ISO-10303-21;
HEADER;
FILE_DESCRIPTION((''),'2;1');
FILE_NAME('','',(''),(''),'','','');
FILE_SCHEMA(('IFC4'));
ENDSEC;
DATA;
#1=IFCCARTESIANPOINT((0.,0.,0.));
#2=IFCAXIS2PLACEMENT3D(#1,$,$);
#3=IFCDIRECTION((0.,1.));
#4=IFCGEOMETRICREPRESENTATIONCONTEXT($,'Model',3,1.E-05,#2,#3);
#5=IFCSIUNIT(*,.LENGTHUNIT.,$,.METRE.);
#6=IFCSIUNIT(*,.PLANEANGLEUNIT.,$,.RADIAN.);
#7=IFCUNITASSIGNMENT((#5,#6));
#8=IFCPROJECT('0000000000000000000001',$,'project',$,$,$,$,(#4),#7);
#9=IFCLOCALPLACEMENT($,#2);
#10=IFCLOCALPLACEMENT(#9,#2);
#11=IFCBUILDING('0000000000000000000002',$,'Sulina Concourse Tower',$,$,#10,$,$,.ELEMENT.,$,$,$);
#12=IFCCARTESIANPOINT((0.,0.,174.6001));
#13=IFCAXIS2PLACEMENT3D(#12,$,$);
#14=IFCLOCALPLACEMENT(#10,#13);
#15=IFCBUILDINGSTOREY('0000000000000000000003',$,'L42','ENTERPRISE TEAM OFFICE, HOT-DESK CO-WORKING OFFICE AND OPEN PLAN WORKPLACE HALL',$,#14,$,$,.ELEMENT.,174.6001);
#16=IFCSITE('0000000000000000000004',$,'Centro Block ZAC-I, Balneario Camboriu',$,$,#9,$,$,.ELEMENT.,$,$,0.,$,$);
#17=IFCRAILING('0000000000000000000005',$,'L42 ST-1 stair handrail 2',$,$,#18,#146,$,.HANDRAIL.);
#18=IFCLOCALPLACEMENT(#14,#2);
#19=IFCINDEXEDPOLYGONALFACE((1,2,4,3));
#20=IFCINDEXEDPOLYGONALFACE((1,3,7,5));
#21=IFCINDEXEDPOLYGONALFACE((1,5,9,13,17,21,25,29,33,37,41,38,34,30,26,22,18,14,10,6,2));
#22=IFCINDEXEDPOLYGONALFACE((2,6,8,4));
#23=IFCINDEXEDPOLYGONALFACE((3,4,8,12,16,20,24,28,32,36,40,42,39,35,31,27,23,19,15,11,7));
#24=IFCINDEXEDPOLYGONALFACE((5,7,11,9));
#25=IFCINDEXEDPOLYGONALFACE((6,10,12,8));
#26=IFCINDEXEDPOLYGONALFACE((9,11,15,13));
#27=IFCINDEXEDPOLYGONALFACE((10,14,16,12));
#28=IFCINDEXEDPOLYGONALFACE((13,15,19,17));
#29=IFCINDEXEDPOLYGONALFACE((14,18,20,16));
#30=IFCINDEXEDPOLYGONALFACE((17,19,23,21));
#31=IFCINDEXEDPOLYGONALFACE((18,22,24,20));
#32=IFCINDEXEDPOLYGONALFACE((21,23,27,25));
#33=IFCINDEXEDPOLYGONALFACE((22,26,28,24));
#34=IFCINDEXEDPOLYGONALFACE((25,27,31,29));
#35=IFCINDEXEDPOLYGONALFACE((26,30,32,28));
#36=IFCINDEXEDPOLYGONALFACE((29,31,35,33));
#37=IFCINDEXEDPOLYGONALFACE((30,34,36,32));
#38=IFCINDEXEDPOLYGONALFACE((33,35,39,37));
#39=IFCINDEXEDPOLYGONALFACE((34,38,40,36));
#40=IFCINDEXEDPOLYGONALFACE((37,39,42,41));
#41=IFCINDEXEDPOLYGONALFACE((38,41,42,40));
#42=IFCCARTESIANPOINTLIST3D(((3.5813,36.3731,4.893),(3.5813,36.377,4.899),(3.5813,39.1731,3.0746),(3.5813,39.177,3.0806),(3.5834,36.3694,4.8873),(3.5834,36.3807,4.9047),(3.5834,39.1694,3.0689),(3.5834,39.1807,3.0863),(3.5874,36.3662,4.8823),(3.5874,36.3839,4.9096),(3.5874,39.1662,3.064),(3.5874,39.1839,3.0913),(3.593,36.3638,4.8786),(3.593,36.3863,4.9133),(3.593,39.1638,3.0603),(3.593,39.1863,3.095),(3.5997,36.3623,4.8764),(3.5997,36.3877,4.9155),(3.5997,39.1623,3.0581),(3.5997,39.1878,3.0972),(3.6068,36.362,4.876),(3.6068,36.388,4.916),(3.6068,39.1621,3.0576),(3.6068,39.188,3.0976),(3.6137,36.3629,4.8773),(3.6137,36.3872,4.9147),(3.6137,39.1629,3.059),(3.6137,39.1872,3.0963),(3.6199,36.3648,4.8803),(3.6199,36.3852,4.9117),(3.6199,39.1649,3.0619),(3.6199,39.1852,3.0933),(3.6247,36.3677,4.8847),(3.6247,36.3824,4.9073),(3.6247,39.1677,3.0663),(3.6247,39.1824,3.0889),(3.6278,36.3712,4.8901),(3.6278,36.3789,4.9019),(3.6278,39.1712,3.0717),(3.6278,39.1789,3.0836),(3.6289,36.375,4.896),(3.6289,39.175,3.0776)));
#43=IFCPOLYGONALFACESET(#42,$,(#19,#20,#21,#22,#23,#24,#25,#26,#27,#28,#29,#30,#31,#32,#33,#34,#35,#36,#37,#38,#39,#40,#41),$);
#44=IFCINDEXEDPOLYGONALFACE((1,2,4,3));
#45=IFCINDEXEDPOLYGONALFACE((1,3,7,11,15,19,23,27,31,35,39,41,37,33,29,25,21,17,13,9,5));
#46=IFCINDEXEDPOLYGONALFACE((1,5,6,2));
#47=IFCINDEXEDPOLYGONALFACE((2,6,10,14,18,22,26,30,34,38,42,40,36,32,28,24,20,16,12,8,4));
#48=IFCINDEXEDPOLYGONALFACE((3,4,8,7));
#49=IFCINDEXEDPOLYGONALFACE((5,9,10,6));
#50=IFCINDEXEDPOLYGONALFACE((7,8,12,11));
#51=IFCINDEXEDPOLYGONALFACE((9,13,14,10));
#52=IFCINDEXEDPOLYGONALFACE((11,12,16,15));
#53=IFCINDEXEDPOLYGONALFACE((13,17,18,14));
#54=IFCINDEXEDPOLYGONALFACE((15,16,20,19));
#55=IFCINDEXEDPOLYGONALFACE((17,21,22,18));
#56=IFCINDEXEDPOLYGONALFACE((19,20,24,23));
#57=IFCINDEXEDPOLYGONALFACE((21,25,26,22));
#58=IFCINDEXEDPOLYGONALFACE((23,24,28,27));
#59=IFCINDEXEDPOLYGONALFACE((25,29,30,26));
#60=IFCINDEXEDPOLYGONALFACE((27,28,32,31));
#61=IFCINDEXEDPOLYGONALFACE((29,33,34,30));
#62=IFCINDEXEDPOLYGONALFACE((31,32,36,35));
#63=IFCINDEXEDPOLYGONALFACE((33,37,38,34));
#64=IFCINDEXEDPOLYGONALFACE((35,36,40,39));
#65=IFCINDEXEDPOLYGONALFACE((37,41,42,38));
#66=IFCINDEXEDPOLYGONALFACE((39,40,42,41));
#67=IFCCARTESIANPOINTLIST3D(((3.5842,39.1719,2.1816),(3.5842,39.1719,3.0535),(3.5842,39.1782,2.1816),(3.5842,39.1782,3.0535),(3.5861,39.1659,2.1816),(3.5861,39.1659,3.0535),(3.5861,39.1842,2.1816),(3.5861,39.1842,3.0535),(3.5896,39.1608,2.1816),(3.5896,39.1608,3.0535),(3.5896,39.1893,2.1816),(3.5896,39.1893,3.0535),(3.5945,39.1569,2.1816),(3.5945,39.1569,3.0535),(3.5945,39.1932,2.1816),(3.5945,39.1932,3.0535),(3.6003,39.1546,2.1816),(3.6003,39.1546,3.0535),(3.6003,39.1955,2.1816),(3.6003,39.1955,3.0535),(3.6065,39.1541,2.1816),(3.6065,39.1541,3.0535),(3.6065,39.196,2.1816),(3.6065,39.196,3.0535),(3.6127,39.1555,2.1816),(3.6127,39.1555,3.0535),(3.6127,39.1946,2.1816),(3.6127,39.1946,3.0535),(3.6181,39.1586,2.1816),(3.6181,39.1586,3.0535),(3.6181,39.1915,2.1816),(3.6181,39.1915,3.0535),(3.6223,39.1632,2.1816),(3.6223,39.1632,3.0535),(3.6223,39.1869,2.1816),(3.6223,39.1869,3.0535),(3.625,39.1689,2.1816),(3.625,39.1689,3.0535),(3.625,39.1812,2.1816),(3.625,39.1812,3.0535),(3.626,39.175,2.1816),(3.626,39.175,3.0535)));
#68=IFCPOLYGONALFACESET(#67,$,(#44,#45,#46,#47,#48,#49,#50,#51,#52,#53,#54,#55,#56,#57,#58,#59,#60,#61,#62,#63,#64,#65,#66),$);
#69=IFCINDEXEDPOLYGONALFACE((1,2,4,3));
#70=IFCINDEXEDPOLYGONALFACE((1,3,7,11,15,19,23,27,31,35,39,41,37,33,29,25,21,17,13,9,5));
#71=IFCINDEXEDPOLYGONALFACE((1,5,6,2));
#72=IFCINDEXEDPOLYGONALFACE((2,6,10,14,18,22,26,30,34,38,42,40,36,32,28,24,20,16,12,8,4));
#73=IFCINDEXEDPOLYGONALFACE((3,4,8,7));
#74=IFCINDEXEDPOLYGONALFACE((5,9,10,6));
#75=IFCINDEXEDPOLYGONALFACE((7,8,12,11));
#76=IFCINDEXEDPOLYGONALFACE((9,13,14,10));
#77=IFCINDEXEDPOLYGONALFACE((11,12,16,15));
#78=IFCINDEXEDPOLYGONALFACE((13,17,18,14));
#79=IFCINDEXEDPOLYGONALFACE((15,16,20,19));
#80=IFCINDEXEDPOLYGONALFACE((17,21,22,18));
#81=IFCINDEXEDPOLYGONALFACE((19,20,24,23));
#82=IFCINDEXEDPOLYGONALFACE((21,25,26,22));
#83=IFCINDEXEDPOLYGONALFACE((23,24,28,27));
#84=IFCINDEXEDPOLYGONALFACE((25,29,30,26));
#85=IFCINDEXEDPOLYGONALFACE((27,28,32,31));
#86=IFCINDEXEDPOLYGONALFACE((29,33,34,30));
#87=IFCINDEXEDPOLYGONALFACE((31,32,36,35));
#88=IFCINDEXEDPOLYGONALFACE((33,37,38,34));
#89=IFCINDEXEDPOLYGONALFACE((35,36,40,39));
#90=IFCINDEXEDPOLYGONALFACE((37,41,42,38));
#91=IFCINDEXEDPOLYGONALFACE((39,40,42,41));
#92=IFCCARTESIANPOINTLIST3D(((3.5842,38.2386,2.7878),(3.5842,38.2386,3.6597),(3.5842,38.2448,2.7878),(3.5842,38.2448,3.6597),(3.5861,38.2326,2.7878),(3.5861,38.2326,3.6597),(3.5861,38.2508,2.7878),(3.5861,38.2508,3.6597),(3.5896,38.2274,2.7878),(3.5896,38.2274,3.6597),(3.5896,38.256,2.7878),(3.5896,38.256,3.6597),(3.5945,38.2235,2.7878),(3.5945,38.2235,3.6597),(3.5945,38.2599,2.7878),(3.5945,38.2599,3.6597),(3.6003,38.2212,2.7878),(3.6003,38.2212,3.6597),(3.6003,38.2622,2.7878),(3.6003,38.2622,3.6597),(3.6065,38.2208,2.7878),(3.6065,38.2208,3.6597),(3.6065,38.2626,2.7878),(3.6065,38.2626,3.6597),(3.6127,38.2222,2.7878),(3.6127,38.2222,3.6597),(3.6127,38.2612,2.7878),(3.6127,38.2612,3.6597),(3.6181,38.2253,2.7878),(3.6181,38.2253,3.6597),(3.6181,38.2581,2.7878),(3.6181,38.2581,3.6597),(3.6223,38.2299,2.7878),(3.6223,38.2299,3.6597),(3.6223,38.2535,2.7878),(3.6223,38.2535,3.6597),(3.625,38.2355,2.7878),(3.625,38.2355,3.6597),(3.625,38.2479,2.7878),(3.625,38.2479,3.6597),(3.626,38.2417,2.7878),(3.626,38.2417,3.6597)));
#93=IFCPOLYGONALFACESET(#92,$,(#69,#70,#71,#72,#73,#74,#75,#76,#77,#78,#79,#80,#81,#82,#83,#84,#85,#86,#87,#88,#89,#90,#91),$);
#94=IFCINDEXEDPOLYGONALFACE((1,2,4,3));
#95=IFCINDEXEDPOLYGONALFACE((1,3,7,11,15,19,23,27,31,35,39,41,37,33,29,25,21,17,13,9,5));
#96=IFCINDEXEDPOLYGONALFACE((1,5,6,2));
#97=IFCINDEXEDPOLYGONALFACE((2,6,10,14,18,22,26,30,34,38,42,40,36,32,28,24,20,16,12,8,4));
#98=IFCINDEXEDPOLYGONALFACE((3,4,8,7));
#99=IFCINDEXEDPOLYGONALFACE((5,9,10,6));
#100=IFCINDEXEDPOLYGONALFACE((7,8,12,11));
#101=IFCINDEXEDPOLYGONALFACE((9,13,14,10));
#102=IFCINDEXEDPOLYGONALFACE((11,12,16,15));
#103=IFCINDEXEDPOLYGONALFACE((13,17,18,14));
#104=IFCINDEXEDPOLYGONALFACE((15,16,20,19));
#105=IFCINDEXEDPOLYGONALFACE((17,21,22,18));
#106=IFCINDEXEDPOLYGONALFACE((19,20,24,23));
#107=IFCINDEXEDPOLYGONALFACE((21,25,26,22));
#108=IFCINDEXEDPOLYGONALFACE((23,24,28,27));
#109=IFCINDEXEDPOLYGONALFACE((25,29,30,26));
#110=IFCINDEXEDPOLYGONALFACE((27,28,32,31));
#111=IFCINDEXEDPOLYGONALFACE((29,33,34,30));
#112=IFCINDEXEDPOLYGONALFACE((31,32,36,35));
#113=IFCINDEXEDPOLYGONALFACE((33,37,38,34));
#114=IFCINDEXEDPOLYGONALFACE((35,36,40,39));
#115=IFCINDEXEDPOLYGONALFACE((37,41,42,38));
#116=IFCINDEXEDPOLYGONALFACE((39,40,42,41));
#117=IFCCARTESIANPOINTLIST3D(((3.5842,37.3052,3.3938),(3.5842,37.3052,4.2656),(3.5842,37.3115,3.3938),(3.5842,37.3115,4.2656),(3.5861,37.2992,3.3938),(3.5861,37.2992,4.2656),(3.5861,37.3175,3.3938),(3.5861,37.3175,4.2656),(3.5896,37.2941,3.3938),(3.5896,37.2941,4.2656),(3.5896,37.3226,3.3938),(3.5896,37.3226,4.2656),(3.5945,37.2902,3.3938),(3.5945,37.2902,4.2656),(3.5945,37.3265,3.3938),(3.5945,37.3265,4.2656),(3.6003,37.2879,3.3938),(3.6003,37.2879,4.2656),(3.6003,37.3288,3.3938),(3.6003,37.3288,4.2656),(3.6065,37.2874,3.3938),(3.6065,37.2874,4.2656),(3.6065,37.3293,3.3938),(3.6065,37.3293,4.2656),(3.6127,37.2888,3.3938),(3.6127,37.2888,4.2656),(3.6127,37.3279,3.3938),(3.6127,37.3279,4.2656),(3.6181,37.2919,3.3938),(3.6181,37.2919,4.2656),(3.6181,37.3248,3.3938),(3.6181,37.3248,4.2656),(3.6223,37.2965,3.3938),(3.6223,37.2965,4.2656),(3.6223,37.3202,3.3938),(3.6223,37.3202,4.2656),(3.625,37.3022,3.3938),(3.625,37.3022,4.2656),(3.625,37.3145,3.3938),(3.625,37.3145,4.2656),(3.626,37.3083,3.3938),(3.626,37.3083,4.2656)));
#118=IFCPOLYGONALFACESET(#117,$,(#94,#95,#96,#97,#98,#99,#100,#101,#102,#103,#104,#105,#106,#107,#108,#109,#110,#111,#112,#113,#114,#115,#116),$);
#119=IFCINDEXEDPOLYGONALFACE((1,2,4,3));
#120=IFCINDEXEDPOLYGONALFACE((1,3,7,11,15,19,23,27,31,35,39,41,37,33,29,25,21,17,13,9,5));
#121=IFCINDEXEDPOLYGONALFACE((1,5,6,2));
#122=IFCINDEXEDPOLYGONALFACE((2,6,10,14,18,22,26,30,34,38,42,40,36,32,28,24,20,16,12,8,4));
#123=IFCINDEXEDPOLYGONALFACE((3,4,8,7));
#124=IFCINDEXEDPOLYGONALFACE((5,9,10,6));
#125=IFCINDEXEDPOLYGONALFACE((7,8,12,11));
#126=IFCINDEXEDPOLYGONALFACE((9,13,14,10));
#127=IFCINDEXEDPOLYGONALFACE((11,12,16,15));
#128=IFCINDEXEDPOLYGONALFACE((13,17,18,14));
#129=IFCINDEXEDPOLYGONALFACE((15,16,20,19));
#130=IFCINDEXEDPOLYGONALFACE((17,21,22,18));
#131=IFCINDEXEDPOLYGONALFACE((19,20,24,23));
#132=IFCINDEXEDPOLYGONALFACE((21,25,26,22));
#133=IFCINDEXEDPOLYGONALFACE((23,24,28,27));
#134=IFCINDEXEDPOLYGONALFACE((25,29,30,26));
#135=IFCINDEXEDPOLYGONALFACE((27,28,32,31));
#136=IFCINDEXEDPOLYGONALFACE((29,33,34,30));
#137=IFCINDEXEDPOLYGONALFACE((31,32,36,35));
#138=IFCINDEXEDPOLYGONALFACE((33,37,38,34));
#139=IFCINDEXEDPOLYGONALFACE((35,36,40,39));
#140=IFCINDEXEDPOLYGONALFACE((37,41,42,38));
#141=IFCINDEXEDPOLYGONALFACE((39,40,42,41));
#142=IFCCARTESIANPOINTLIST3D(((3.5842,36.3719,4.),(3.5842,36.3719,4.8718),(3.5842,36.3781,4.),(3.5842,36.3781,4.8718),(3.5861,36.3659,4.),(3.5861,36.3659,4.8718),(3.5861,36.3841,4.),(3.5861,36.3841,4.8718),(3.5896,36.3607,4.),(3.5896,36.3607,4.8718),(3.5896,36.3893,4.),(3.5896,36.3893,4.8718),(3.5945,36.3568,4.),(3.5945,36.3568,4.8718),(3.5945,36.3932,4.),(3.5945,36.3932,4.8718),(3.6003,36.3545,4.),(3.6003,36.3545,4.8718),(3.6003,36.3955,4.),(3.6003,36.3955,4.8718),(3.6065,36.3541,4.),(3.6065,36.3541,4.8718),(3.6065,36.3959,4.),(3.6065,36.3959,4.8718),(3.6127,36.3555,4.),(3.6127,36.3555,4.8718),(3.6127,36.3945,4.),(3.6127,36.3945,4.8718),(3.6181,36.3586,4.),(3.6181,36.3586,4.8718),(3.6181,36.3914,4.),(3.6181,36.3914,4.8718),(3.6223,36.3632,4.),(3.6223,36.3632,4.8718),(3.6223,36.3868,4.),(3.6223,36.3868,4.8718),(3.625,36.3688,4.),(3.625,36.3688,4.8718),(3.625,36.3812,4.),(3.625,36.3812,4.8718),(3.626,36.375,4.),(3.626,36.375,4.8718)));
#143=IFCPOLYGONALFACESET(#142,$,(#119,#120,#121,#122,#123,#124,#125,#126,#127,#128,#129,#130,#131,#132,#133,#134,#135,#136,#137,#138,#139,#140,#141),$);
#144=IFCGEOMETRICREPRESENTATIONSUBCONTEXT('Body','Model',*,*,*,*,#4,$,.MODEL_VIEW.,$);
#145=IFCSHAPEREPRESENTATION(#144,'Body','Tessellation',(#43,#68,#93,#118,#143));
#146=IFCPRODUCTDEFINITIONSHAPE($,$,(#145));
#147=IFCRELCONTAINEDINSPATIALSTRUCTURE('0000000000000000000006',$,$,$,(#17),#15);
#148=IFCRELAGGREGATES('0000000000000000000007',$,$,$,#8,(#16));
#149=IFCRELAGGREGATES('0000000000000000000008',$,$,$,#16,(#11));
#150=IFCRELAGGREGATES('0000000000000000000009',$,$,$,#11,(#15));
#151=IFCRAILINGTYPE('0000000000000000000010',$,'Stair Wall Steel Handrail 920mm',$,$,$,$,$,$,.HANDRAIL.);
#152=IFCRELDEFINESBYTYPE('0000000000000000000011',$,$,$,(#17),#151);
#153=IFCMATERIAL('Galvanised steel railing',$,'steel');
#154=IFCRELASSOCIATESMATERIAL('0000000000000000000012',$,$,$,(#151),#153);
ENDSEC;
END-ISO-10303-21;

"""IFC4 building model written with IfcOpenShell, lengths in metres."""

from ifc_helpers import new_model, si_unit, direction, frame, origin, origin_2d, place, context, subcontext, project, spatial, circle, extrude, material, type_object, element, save


model = new_model("IFC4")

# Units and contexts
model_context = context("Model", 3, precision=1e-05, world=origin(), true_north=direction((0.0, 1.0)))
body_context = subcontext(model_context, "Body", "Model", "MODEL_VIEW")
ifc_project = project(units=[si_unit("LENGTHUNIT", "METRE"), si_unit("PLANEANGLEUNIT", "RADIAN")], contexts=[model_context])

# Site, building, storey
site_placement = place(None, origin())
site = spatial("IfcSite", under=ifc_project, at=site_placement, Name="Centro Block ZAC-I, Balneario Camboriu", CompositionType="ELEMENT", RefElevation=0.0)
building_placement = place(site_placement, origin())
building = spatial("IfcBuilding", under=site, at=building_placement, Name="Sulina Concourse Tower", CompositionType="ELEMENT")
storey_placement = place(building_placement, frame((0.0, 0.0, 174.6001)))
storey = spatial("IfcBuildingStorey", under=building, at=storey_placement, Name="L42", Description="ENTERPRISE TEAM OFFICE, HOT-DESK CO-WORKING OFFICE AND OPEN PLAN WORKPLACE HALL", CompositionType="ELEMENT", Elevation=174.6001)

# Railing
ifc_material_1 = material(Name="Galvanised steel railing", Category="steel")
railing_type_1 = type_object("IfcRailingType", Name="Stair Wall Steel Handrail 920mm", PredefinedType="HANDRAIL", material=ifc_material_1)
railing_1_placement = place(storey_placement, frame((3.605, 39.175, 2.1816)))
element("IfcRailing", 1, at=railing_1_placement, inside=storey, type_object=railing_type_1, Name="L42 ST-1 stair handrail 2", PredefinedType="HANDRAIL", context=body_context, shape_type="SweptSolid", body=[
    extrude(circle(Radius=0.0239, at=origin_2d()), frame((0.0, 0.0, 0.896), z_axis=(0.0, -0.838672, 0.544636), x_axis=(1.0, 0.0, 0.0)), (0.0, 0.0, 1.0), 3.3386),
    extrude(circle(Radius=0.021, at=origin_2d()), origin(), (0.0, 0.0, 1.0), 0.8718),
    extrude(circle(Radius=0.021, at=origin_2d()), frame((0.0, -0.9333, 0.6062)), (0.0, 0.0, 1.0), 0.8718),
    extrude(circle(Radius=0.021, at=origin_2d()), frame((0.0, -1.8667, 1.2122)), (0.0, 0.0, 1.0), 0.8718),
    extrude(circle(Radius=0.021, at=origin_2d()), frame((0.0, -2.8, 1.8184)), (0.0, 0.0, 1.0), 0.8718),
])

save(model, "model.ifc")
